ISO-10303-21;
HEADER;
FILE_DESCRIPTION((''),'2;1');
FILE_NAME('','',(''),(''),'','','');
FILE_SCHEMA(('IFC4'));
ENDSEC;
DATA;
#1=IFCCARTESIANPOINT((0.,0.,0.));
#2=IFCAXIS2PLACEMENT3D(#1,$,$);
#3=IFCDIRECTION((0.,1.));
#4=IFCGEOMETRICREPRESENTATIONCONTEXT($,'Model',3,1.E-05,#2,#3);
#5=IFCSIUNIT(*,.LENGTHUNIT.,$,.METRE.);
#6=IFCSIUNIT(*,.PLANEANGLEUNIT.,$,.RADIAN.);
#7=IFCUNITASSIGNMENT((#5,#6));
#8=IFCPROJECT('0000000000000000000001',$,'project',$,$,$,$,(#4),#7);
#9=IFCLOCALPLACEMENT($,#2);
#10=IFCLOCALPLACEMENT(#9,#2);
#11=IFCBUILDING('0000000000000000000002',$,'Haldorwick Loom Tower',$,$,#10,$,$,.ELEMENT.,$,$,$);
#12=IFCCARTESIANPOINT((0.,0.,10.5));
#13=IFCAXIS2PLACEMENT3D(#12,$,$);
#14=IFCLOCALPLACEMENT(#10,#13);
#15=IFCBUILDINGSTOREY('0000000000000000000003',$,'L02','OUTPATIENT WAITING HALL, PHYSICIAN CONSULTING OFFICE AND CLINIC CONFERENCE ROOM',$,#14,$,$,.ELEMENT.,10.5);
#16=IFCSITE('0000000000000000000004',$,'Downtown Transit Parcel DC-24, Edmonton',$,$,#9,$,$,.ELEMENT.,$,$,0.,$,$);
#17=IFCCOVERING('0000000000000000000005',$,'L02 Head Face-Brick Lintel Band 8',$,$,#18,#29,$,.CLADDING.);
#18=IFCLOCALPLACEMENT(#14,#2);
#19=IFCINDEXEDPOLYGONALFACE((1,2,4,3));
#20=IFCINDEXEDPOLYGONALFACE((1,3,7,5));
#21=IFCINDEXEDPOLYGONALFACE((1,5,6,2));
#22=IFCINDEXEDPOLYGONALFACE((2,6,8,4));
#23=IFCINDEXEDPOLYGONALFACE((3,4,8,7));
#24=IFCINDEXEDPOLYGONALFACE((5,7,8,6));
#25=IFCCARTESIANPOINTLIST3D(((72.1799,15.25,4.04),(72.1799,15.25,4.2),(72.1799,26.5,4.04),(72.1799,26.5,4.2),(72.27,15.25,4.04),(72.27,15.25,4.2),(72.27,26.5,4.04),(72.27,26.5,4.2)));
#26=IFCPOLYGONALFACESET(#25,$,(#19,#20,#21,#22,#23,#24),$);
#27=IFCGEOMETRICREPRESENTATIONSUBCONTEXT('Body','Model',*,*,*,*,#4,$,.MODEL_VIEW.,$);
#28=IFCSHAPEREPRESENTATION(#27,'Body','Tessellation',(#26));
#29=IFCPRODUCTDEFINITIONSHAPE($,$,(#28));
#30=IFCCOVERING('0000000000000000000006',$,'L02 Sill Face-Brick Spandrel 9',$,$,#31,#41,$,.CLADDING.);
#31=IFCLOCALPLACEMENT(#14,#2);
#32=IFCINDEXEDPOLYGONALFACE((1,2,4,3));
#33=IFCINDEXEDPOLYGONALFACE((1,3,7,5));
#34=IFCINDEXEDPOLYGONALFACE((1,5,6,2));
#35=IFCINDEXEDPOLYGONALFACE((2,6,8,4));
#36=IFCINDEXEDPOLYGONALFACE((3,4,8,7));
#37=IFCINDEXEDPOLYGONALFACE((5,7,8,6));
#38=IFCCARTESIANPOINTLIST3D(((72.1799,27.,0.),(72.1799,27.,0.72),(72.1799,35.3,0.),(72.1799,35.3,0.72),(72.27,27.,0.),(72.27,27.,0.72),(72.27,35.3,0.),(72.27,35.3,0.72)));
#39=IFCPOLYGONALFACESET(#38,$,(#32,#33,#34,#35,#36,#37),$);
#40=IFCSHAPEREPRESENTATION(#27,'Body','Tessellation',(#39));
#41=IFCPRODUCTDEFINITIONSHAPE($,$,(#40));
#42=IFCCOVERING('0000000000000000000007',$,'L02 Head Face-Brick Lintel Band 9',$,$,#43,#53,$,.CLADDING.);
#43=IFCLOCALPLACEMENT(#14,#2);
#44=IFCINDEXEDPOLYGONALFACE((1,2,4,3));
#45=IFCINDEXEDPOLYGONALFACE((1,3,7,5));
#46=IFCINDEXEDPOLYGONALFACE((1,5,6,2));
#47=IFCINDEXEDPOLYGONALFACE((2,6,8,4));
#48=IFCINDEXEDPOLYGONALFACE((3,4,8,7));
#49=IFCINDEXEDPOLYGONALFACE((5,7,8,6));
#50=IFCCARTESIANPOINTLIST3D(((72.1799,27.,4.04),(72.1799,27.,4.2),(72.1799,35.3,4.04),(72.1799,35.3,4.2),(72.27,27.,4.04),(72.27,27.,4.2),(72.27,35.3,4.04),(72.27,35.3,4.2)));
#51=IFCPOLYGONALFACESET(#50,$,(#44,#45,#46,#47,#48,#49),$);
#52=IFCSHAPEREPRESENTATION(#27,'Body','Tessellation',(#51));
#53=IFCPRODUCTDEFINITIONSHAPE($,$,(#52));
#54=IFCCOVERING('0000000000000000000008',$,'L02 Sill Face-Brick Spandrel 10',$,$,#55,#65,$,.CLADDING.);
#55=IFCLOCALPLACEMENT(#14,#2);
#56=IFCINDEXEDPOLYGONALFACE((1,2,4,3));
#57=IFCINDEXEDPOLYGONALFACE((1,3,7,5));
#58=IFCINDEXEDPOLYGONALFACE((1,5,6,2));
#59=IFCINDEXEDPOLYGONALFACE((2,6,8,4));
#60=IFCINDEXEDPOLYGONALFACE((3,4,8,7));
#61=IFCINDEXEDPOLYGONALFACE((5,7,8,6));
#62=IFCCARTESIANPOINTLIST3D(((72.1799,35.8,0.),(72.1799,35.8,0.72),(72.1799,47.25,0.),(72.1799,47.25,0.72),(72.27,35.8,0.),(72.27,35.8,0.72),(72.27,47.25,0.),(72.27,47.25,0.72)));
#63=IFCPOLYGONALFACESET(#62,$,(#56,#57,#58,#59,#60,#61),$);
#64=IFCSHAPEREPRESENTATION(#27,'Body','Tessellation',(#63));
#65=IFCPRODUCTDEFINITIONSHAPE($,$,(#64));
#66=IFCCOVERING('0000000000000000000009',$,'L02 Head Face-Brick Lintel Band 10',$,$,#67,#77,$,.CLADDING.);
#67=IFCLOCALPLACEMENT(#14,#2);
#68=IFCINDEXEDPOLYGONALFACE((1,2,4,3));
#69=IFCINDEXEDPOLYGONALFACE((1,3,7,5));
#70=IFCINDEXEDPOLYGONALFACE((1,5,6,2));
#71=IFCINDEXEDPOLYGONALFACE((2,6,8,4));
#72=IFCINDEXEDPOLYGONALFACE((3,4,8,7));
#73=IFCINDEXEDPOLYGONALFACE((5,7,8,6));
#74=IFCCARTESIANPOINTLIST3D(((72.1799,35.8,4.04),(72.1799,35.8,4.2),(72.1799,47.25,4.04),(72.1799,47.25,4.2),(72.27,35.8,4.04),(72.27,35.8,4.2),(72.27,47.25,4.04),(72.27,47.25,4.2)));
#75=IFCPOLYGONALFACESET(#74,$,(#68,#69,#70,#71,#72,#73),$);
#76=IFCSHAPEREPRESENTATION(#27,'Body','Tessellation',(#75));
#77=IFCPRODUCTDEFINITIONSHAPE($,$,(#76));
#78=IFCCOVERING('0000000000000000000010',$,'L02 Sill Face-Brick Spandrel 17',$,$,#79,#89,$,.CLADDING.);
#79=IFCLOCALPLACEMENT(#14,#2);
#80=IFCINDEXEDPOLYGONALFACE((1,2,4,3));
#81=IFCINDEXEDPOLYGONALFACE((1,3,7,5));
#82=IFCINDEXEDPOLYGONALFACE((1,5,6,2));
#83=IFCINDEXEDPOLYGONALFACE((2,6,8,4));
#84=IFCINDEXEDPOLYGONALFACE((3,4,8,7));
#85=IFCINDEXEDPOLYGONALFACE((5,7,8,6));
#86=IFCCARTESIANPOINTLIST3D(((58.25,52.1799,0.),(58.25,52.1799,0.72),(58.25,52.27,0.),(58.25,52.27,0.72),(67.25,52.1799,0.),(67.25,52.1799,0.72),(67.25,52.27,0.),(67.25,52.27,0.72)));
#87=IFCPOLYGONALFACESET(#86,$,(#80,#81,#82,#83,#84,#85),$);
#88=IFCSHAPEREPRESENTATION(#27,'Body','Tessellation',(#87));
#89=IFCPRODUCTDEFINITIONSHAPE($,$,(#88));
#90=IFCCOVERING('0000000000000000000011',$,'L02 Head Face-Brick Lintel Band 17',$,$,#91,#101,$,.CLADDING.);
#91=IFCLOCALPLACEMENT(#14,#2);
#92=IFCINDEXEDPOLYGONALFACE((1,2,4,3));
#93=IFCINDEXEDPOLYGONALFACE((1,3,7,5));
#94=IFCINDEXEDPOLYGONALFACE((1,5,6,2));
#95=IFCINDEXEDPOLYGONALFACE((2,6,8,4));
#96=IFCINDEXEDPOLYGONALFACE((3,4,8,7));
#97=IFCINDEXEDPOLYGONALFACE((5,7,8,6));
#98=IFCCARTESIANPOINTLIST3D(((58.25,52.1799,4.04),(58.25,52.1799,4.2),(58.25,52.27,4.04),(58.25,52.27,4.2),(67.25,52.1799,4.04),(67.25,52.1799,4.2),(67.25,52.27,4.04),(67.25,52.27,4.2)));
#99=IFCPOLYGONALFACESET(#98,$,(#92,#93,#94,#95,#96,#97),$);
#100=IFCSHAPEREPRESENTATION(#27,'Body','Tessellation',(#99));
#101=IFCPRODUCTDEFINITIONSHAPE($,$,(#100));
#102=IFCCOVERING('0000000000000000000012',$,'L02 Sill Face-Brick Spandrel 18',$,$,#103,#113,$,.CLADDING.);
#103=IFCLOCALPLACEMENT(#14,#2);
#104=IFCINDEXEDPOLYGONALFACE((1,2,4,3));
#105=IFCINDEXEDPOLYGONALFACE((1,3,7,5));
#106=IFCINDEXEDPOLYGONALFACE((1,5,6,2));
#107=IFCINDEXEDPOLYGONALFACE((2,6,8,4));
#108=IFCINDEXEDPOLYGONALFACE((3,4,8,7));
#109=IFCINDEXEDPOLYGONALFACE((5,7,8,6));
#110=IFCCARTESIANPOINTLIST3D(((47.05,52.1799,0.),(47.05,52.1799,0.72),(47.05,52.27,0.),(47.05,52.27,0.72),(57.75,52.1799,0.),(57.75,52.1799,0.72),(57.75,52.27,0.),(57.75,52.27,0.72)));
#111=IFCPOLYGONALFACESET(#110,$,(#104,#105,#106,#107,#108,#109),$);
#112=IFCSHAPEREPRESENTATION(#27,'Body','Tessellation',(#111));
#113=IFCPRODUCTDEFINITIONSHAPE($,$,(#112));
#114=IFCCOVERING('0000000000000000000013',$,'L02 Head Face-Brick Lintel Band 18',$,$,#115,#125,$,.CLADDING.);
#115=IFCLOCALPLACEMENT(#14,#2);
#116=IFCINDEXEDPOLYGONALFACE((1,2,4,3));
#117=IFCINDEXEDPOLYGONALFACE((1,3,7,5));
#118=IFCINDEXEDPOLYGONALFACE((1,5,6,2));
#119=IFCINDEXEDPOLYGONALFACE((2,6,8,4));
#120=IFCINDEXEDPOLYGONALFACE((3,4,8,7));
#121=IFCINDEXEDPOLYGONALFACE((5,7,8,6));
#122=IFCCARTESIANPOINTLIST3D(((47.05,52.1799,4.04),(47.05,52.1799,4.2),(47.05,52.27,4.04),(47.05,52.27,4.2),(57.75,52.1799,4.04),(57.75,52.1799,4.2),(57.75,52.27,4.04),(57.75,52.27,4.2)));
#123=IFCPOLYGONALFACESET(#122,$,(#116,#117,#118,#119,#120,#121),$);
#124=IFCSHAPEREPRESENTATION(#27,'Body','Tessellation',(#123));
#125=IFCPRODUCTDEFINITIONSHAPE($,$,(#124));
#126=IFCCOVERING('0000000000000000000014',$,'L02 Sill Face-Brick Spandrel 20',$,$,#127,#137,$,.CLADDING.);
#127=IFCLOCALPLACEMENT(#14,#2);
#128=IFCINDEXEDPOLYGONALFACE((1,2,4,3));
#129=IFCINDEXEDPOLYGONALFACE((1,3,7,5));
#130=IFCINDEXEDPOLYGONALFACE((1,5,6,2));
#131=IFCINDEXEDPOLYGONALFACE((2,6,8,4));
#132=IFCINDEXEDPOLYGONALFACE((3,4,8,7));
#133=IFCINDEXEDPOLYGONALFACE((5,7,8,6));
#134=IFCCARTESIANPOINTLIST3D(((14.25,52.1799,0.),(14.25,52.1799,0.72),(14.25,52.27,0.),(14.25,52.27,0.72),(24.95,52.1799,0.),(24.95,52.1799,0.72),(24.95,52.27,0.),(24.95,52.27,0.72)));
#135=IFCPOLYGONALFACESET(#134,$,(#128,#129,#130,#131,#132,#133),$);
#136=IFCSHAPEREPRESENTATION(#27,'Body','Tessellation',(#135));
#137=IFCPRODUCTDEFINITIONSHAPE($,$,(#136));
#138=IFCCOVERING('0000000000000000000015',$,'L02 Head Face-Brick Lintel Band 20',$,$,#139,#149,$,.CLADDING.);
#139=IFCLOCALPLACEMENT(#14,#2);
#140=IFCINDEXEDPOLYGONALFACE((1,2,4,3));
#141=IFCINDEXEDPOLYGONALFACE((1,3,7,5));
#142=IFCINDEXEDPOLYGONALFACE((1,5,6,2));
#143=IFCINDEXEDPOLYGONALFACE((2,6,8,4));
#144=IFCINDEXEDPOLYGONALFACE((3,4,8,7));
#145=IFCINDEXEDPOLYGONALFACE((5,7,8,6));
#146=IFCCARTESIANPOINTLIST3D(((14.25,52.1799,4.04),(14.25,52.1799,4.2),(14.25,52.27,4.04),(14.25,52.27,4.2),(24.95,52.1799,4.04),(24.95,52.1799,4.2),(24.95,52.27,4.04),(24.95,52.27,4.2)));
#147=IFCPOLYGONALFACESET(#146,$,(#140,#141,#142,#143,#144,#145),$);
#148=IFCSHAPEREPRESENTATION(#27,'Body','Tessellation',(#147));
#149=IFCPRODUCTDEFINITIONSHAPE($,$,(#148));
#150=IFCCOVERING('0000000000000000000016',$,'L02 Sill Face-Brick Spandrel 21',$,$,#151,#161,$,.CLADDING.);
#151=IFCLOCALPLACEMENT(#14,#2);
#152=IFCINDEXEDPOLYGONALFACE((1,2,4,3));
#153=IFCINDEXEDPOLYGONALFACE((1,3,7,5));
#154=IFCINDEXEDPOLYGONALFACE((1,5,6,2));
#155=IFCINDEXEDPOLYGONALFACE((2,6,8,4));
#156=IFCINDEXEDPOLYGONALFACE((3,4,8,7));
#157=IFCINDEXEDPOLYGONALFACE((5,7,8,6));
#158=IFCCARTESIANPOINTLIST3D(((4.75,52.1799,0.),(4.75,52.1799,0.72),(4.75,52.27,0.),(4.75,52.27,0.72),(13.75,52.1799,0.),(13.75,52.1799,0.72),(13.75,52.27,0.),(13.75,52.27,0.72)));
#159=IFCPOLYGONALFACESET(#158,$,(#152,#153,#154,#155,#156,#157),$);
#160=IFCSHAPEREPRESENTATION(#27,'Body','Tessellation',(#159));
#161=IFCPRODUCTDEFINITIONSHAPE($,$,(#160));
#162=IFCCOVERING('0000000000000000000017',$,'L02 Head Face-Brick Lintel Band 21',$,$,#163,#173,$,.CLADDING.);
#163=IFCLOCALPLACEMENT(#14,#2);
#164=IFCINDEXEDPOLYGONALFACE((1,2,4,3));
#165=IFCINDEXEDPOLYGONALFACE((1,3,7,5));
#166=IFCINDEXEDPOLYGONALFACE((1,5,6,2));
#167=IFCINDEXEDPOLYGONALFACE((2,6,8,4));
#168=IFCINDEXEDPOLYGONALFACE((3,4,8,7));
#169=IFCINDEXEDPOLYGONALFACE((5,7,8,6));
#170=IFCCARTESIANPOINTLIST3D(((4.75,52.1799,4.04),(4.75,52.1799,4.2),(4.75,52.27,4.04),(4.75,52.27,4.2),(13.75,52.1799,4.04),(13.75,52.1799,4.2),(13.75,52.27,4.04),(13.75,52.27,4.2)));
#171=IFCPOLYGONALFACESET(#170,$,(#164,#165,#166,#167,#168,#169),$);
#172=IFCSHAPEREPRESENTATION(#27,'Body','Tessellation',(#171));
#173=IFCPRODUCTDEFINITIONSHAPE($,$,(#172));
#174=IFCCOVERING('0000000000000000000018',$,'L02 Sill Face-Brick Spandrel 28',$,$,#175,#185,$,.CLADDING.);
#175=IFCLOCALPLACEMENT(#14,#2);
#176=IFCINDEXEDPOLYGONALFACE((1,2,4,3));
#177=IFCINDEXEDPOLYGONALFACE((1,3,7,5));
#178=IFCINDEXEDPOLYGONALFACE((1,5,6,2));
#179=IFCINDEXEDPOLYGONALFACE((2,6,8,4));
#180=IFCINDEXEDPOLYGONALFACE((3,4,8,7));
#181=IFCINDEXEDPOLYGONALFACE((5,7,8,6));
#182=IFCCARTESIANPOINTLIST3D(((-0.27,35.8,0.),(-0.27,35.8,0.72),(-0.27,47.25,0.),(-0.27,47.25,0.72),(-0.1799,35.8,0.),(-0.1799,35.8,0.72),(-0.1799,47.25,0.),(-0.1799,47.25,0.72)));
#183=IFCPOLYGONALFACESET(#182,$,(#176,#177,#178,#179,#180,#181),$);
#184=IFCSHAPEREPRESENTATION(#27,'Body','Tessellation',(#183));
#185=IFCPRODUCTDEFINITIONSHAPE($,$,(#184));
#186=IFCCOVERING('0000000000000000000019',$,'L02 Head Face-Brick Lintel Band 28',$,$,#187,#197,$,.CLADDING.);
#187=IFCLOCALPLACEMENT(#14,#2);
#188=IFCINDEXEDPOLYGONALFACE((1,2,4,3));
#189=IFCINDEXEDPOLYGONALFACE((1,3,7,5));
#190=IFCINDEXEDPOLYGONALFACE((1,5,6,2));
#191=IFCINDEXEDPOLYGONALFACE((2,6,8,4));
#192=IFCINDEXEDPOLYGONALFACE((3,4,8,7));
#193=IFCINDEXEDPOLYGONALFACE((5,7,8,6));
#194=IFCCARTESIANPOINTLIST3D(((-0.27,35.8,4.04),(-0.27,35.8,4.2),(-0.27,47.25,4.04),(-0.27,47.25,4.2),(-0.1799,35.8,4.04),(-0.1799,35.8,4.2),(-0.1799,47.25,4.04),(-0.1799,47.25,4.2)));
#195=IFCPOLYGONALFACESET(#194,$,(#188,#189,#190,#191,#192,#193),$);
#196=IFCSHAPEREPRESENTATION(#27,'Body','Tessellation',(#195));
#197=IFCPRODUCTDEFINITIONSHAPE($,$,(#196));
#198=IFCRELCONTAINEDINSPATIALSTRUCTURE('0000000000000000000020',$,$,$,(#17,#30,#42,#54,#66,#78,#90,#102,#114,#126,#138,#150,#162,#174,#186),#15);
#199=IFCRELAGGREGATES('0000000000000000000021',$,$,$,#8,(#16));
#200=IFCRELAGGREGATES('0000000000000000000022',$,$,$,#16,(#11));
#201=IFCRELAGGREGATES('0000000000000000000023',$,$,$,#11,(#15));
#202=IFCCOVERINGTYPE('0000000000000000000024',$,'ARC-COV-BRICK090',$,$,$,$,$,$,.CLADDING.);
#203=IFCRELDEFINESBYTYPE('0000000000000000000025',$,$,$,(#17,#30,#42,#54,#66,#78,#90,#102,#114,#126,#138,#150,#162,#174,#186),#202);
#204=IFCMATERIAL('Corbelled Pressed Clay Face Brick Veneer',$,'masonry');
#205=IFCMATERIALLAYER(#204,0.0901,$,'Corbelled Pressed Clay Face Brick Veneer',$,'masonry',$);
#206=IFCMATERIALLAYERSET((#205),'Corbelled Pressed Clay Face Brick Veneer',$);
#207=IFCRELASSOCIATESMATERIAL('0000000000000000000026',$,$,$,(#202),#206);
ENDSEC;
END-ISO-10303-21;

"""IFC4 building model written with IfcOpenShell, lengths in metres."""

from ifc_helpers import new_model, si_unit, direction, frame, origin, place, context, subcontext, project, spatial, polyline, outline, extrude, material, layer, layer_set, type_object, element, save


model = new_model("IFC4")

# Units and contexts
model_context = context("Model", 3, precision=1e-05, world=origin(), true_north=direction((0.0, 1.0)))
body_context = subcontext(model_context, "Body", "Model", "MODEL_VIEW")
ifc_project = project(units=[si_unit("LENGTHUNIT", "METRE"), si_unit("PLANEANGLEUNIT", "RADIAN")], contexts=[model_context])

# Site, building, storey
site_placement = place(None, origin())
site = spatial("IfcSite", under=ifc_project, at=site_placement, Name="Downtown Transit Parcel DC-24, Edmonton", CompositionType="ELEMENT", RefElevation=0.0)
building_placement = place(site_placement, origin())
building = spatial("IfcBuilding", under=site, at=building_placement, Name="Haldorwick Loom Tower", CompositionType="ELEMENT")
storey_placement = place(building_placement, frame((0.0, 0.0, 10.5)))
storey = spatial("IfcBuildingStorey", under=building, at=storey_placement, Name="L02", Description="OUTPATIENT WAITING HALL, PHYSICIAN CONSULTING OFFICE AND CLINIC CONFERENCE ROOM", CompositionType="ELEMENT", Elevation=10.5)

# Coverings
ifc_material_1 = material(Name="Corbelled Pressed Clay Face Brick Veneer", Category="masonry")
ifc_layer_1 = layer(ifc_material_1, 0.0901, Name="Corbelled Pressed Clay Face Brick Veneer", Category="masonry")
ifc_layer_set_1 = layer_set([ifc_layer_1], Name="Corbelled Pressed Clay Face Brick Veneer")
covering_type = type_object("IfcCoveringType", Name="ARC-COV-BRICK090", PredefinedType="CLADDING", material=ifc_layer_set_1)
covering_1_placement = place(storey_placement, frame((0.0, 0.0, 4.04)))
element("IfcCovering", 1, at=covering_1_placement, inside=storey, type_object=covering_type, Name="L02 Head Face-Brick Lintel Band 8", PredefinedType="CLADDING", context=body_context, shape_type="SweptSolid", body=[
    extrude(outline(polyline([(72.27, 15.25), (72.27, 26.5), (72.1799, 26.5), (72.1799, 15.25), (72.27, 15.25)])), origin(), (0.0, 0.0, 1.0), 0.1599),
])
covering_2_placement = place(storey_placement, origin())
element("IfcCovering", 2, at=covering_2_placement, inside=storey, type_object=covering_type, Name="L02 Sill Face-Brick Spandrel 9", PredefinedType="CLADDING", context=body_context, shape_type="SweptSolid", body=[
    extrude(outline(polyline([(72.27, 27.0), (72.27, 35.3), (72.1799, 35.3), (72.1799, 27.0), (72.27, 27.0)])), origin(), (0.0, 0.0, 1.0), 0.72),
])
covering_3_placement = place(storey_placement, frame((0.0, 0.0, 4.04)))
element("IfcCovering", 3, at=covering_3_placement, inside=storey, type_object=covering_type, Name="L02 Head Face-Brick Lintel Band 9", PredefinedType="CLADDING", context=body_context, shape_type="SweptSolid", body=[
    extrude(outline(polyline([(72.27, 27.0), (72.27, 35.3), (72.1799, 35.3), (72.1799, 27.0), (72.27, 27.0)])), origin(), (0.0, 0.0, 1.0), 0.1599),
])
covering_4_placement = place(storey_placement, origin())
element("IfcCovering", 4, at=covering_4_placement, inside=storey, type_object=covering_type, Name="L02 Sill Face-Brick Spandrel 10", PredefinedType="CLADDING", context=body_context, shape_type="SweptSolid", body=[
    extrude(outline(polyline([(72.27, 35.8), (72.27, 47.25), (72.1799, 47.25), (72.1799, 35.8), (72.27, 35.8)])), origin(), (0.0, 0.0, 1.0), 0.72),
])
covering_5_placement = place(storey_placement, frame((0.0, 0.0, 4.04)))
element("IfcCovering", 5, at=covering_5_placement, inside=storey, type_object=covering_type, Name="L02 Head Face-Brick Lintel Band 10", PredefinedType="CLADDING", context=body_context, shape_type="SweptSolid", body=[
    extrude(outline(polyline([(72.27, 35.8), (72.27, 47.25), (72.1799, 47.25), (72.1799, 35.8), (72.27, 35.8)])), origin(), (0.0, 0.0, 1.0), 0.1599),
])
covering_6_placement = place(storey_placement, origin())
element("IfcCovering", 6, at=covering_6_placement, inside=storey, type_object=covering_type, Name="L02 Sill Face-Brick Spandrel 17", PredefinedType="CLADDING", context=body_context, shape_type="SweptSolid", body=[
    extrude(outline(polyline([(67.25, 52.27), (58.25, 52.27), (58.25, 52.1799), (67.25, 52.1799), (67.25, 52.27)])), origin(), (0.0, 0.0, 1.0), 0.72),
])
covering_7_placement = place(storey_placement, frame((0.0, 0.0, 4.04)))
element("IfcCovering", 7, at=covering_7_placement, inside=storey, type_object=covering_type, Name="L02 Head Face-Brick Lintel Band 17", PredefinedType="CLADDING", context=body_context, shape_type="SweptSolid", body=[
    extrude(outline(polyline([(67.25, 52.27), (58.25, 52.27), (58.25, 52.1799), (67.25, 52.1799), (67.25, 52.27)])), origin(), (0.0, 0.0, 1.0), 0.1599),
])
covering_8_placement = place(storey_placement, origin())
element("IfcCovering", 8, at=covering_8_placement, inside=storey, type_object=covering_type, Name="L02 Sill Face-Brick Spandrel 18", PredefinedType="CLADDING", context=body_context, shape_type="SweptSolid", body=[
    extrude(outline(polyline([(57.75, 52.27), (47.05, 52.27), (47.05, 52.1799), (57.75, 52.1799), (57.75, 52.27)])), origin(), (0.0, 0.0, 1.0), 0.72),
])
covering_9_placement = place(storey_placement, frame((0.0, 0.0, 4.04)))
element("IfcCovering", 9, at=covering_9_placement, inside=storey, type_object=covering_type, Name="L02 Head Face-Brick Lintel Band 18", PredefinedType="CLADDING", context=body_context, shape_type="SweptSolid", body=[
    extrude(outline(polyline([(57.75, 52.27), (47.05, 52.27), (47.05, 52.1799), (57.75, 52.1799), (57.75, 52.27)])), origin(), (0.0, 0.0, 1.0), 0.1599),
])
covering_10_placement = place(storey_placement, origin())
element("IfcCovering", 10, at=covering_10_placement, inside=storey, type_object=covering_type, Name="L02 Sill Face-Brick Spandrel 20", PredefinedType="CLADDING", context=body_context, shape_type="SweptSolid", body=[
    extrude(outline(polyline([(24.95, 52.27), (14.25, 52.27), (14.25, 52.1799), (24.95, 52.1799), (24.95, 52.27)])), origin(), (0.0, 0.0, 1.0), 0.72),
])
covering_11_placement = place(storey_placement, frame((0.0, 0.0, 4.04)))
element("IfcCovering", 11, at=covering_11_placement, inside=storey, type_object=covering_type, Name="L02 Head Face-Brick Lintel Band 20", PredefinedType="CLADDING", context=body_context, shape_type="SweptSolid", body=[
    extrude(outline(polyline([(24.95, 52.27), (14.25, 52.27), (14.25, 52.1799), (24.95, 52.1799), (24.95, 52.27)])), origin(), (0.0, 0.0, 1.0), 0.1599),
])
covering_12_placement = place(storey_placement, origin())
element("IfcCovering", 12, at=covering_12_placement, inside=storey, type_object=covering_type, Name="L02 Sill Face-Brick Spandrel 21", PredefinedType="CLADDING", context=body_context, shape_type="SweptSolid", body=[
    extrude(outline(polyline([(13.75, 52.27), (4.75, 52.27), (4.75, 52.1799), (13.75, 52.1799), (13.75, 52.27)])), origin(), (0.0, 0.0, 1.0), 0.72),
])
covering_13_placement = place(storey_placement, frame((0.0, 0.0, 4.04)))
element("IfcCovering", 13, at=covering_13_placement, inside=storey, type_object=covering_type, Name="L02 Head Face-Brick Lintel Band 21", PredefinedType="CLADDING", context=body_context, shape_type="SweptSolid", body=[
    extrude(outline(polyline([(13.75, 52.27), (4.75, 52.27), (4.75, 52.1799), (13.75, 52.1799), (13.75, 52.27)])), origin(), (0.0, 0.0, 1.0), 0.1599),
])
covering_14_placement = place(storey_placement, origin())
element("IfcCovering", 14, at=covering_14_placement, inside=storey, type_object=covering_type, Name="L02 Sill Face-Brick Spandrel 28", PredefinedType="CLADDING", context=body_context, shape_type="SweptSolid", body=[
    extrude(outline(polyline([(-0.27, 47.25), (-0.27, 35.8), (-0.1799, 35.8), (-0.1799, 47.25), (-0.27, 47.25)])), origin(), (0.0, 0.0, 1.0), 0.72),
])
covering_15_placement = place(storey_placement, frame((0.0, 0.0, 4.04)))
element("IfcCovering", 15, at=covering_15_placement, inside=storey, type_object=covering_type, Name="L02 Head Face-Brick Lintel Band 28", PredefinedType="CLADDING", context=body_context, shape_type="SweptSolid", body=[
    extrude(outline(polyline([(-0.27, 47.25), (-0.27, 35.8), (-0.1799, 35.8), (-0.1799, 47.25), (-0.27, 47.25)])), origin(), (0.0, 0.0, 1.0), 0.1599),
])

save(model, "model.ifc")
